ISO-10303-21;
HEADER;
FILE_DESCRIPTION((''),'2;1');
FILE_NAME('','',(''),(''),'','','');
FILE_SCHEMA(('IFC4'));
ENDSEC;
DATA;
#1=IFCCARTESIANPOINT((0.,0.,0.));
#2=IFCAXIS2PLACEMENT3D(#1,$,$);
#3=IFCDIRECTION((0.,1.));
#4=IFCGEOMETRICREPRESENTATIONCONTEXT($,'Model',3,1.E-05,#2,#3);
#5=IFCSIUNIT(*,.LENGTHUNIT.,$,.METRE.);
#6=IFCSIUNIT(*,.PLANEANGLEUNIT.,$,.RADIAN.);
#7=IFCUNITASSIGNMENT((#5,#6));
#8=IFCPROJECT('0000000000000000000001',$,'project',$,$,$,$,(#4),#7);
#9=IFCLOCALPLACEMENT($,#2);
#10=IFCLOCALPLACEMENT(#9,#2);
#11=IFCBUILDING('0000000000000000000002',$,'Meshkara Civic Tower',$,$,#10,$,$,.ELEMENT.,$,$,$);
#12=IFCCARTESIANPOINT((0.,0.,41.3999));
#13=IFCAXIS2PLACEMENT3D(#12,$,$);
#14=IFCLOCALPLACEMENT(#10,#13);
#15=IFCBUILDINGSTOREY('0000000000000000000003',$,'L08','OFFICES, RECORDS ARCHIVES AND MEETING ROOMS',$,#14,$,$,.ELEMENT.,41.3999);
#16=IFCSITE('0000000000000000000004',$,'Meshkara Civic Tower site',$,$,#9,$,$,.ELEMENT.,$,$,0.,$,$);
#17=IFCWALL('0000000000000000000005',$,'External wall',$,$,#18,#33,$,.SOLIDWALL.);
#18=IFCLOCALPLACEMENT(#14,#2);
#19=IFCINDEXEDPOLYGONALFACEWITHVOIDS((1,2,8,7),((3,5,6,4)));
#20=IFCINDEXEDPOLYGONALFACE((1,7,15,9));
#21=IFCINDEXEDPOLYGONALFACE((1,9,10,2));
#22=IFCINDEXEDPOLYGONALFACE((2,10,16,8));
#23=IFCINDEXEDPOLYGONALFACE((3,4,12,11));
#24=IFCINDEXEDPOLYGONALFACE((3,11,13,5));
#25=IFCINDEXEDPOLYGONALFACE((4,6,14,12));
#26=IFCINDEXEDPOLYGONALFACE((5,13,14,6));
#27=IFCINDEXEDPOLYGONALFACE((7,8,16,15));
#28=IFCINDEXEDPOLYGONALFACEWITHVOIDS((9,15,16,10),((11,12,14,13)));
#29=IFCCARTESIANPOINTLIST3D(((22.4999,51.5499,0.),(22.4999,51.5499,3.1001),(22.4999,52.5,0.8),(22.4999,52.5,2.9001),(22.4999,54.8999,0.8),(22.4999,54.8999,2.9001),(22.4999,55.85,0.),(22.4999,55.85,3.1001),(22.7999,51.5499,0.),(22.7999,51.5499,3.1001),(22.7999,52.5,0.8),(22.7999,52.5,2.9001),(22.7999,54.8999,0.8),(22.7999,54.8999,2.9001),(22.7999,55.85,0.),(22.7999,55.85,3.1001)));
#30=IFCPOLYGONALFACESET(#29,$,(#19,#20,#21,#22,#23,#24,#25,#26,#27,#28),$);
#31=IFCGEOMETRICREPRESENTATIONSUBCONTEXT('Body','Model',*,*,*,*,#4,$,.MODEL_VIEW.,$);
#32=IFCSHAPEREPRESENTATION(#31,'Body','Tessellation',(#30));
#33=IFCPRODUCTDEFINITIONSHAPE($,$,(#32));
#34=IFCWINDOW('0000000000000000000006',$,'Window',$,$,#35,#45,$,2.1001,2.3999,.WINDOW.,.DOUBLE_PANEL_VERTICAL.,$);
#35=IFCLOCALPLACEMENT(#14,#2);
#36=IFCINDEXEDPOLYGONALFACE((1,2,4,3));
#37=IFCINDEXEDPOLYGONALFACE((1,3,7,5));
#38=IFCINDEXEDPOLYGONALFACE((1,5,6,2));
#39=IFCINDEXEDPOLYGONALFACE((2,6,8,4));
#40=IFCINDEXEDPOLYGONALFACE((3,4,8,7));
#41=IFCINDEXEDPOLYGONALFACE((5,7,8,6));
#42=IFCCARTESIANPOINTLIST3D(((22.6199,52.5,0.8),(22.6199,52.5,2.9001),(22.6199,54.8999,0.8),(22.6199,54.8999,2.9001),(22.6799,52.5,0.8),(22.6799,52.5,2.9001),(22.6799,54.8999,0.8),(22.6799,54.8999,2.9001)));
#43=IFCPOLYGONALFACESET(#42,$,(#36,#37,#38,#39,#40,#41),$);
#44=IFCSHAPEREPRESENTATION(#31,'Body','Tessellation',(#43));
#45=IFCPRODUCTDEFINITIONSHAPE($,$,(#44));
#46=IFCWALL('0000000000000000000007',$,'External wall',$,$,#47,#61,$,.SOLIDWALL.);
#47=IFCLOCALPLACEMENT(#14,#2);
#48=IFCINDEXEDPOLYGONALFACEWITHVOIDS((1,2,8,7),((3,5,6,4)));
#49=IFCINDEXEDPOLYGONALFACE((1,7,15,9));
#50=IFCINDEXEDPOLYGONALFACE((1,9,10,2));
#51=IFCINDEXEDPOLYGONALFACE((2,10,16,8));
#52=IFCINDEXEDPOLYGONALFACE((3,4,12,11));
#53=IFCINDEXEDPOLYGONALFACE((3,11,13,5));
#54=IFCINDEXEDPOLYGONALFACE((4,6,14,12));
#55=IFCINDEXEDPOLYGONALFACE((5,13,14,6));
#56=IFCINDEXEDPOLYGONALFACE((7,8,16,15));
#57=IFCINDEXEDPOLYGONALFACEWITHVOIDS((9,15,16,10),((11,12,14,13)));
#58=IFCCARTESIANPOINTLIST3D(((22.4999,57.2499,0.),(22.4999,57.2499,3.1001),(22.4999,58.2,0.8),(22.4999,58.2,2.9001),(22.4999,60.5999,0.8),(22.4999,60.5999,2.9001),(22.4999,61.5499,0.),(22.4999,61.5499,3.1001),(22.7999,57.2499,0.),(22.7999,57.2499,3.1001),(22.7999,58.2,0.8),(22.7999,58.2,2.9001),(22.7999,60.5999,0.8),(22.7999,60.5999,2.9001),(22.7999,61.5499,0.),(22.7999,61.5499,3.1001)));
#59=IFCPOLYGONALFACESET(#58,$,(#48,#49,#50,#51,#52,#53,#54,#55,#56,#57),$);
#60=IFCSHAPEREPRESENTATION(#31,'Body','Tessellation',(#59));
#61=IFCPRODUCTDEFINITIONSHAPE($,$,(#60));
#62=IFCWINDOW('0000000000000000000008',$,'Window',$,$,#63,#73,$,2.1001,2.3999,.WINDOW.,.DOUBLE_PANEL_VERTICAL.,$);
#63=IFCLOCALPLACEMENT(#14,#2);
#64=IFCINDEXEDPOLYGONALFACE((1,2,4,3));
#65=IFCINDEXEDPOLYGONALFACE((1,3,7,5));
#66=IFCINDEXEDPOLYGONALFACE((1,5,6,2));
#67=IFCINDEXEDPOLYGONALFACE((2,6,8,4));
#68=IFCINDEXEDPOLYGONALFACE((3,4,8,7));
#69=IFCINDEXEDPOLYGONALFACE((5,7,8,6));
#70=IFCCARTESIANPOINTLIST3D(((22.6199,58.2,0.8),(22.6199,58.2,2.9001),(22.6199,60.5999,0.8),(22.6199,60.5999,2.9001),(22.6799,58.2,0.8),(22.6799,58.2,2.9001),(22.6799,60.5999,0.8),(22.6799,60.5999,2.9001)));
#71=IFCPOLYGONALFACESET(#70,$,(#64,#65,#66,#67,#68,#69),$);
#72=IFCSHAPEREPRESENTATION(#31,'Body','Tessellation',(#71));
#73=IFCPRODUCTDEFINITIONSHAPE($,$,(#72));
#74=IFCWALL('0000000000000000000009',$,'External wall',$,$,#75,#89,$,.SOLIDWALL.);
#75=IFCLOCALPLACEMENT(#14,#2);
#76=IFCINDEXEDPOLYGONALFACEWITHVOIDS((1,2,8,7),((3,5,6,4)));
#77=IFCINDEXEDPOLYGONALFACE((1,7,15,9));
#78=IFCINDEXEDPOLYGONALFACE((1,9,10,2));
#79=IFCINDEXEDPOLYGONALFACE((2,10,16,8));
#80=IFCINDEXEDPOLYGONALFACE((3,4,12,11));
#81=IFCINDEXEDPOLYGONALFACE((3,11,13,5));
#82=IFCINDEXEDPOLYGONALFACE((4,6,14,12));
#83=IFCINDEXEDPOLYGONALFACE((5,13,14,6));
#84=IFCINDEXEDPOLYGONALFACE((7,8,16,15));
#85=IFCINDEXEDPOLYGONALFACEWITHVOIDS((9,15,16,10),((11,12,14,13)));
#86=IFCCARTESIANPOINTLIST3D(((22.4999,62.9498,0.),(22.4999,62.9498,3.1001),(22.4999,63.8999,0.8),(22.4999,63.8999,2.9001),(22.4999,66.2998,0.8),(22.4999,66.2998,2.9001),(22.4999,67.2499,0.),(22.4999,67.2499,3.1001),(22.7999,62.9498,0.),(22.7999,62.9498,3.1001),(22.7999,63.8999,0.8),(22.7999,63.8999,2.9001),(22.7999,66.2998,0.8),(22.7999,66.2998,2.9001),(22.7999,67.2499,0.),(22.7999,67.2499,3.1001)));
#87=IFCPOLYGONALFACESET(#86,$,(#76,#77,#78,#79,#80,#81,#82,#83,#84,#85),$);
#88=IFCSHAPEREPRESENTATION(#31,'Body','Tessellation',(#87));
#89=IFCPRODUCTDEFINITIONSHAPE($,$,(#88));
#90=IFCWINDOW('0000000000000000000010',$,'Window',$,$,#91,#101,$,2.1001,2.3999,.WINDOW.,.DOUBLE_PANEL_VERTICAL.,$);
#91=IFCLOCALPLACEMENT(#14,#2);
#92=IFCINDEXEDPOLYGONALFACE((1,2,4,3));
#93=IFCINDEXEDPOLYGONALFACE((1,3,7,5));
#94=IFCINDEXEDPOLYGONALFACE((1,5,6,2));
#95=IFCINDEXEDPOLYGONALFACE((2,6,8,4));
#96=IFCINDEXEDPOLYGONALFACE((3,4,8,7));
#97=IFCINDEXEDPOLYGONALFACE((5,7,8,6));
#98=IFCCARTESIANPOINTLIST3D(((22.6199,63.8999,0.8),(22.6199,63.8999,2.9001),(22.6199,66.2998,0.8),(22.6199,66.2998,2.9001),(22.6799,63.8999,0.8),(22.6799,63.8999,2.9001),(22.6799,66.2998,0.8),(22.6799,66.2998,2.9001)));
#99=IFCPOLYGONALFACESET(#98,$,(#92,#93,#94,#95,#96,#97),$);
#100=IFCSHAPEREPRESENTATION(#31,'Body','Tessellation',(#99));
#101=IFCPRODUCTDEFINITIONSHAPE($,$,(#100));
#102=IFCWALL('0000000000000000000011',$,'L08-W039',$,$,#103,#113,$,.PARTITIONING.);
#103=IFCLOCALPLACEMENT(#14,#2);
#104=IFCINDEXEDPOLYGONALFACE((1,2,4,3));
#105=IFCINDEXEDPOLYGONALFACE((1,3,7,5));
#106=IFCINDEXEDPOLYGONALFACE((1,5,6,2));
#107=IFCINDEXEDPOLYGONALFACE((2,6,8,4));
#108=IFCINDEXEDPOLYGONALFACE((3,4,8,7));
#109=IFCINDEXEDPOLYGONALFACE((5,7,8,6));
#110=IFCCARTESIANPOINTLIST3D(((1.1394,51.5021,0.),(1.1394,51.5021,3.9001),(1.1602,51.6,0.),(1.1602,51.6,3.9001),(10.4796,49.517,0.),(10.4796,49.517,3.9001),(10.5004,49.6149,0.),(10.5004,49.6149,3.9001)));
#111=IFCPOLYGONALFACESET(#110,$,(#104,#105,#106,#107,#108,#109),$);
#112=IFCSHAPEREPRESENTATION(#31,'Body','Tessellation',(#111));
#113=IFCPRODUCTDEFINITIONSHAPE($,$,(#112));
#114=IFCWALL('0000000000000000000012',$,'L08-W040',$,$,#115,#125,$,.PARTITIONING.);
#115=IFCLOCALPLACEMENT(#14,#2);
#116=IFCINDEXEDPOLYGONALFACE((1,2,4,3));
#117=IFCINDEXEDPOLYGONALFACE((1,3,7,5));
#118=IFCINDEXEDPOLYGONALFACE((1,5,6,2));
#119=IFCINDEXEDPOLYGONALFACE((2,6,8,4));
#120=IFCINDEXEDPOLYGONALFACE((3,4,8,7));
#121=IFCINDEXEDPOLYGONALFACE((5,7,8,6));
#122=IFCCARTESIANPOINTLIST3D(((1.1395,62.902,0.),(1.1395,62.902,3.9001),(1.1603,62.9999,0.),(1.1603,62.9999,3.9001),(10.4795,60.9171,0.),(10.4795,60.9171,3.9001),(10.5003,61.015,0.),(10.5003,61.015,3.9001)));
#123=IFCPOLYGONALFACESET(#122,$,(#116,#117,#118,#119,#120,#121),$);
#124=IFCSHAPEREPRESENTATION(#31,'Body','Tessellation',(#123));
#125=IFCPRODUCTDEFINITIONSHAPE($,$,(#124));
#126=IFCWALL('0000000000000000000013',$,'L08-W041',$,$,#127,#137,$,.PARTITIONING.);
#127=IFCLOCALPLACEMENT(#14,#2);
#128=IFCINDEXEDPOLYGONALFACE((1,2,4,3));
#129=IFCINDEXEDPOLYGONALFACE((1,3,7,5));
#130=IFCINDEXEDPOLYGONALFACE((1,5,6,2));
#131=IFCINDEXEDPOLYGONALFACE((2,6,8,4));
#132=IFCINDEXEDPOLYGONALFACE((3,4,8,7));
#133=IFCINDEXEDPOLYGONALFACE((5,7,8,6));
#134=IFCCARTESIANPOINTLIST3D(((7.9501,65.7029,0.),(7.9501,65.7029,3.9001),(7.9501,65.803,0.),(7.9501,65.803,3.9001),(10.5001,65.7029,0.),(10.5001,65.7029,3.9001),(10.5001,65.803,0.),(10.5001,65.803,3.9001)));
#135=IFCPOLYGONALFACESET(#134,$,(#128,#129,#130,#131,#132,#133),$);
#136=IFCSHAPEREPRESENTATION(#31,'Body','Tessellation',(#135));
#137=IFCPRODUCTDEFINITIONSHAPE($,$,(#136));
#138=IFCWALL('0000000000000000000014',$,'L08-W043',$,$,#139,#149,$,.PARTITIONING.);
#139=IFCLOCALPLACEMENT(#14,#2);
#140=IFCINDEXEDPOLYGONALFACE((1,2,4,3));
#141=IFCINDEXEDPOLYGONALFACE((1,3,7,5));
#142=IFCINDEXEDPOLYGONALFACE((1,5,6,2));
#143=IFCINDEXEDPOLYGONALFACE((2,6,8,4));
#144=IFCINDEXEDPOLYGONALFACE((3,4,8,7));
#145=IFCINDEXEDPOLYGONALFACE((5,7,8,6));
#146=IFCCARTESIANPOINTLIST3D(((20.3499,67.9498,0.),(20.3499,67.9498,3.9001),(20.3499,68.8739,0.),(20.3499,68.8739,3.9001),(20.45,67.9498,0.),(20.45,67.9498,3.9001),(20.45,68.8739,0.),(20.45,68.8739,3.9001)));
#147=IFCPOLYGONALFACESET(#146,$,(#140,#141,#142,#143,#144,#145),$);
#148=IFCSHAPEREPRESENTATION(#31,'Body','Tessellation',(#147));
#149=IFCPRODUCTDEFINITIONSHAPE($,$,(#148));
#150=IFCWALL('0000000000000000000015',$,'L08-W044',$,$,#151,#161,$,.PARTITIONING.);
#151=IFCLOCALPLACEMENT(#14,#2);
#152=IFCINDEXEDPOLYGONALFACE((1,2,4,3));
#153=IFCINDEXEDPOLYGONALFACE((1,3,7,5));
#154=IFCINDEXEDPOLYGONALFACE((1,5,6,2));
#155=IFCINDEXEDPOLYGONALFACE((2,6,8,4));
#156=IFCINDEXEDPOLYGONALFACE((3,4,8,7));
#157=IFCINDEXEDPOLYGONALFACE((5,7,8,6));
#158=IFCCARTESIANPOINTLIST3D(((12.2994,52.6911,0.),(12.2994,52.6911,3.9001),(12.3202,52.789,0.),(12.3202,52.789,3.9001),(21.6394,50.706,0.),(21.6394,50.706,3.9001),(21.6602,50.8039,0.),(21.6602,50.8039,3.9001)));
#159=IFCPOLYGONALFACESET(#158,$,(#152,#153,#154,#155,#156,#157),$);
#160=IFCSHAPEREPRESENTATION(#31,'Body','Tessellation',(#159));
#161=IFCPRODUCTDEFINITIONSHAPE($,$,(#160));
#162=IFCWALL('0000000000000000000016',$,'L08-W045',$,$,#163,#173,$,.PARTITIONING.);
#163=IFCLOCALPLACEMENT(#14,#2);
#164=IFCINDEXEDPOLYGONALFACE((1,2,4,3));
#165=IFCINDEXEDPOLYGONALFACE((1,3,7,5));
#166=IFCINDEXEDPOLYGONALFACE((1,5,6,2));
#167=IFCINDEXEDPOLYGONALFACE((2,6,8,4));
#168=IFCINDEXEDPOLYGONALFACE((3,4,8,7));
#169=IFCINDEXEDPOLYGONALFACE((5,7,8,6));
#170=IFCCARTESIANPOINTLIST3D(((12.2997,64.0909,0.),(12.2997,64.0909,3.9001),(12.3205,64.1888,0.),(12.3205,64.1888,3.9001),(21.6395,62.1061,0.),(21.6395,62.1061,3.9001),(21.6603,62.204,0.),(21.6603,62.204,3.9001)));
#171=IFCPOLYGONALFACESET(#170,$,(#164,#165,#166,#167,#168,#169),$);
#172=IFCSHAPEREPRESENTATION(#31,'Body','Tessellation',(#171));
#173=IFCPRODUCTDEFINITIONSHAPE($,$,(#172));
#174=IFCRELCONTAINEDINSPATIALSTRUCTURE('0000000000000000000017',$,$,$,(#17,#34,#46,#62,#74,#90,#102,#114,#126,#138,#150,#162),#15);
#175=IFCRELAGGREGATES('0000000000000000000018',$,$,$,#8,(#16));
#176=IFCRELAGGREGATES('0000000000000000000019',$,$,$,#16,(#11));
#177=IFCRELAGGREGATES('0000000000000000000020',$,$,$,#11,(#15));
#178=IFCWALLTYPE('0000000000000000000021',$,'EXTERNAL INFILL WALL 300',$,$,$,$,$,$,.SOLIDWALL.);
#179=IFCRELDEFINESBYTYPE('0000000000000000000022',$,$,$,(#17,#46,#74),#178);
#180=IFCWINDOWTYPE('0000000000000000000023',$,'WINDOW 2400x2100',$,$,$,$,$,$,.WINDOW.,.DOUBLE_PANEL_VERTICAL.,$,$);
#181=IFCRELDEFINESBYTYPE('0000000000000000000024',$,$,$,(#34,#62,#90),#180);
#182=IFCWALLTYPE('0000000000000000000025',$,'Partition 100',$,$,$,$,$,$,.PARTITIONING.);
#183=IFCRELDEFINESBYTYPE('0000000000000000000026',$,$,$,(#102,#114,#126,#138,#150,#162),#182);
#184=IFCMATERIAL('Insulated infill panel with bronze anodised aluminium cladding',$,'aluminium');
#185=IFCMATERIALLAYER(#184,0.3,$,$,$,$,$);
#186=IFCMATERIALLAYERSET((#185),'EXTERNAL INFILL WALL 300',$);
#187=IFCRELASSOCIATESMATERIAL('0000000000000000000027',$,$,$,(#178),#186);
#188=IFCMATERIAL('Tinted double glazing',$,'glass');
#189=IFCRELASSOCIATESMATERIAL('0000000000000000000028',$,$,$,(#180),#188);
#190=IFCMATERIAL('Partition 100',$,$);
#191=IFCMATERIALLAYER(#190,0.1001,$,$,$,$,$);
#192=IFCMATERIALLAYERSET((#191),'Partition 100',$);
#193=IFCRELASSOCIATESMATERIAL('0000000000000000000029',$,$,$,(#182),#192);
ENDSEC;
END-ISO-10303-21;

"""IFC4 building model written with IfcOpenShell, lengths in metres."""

from ifc_helpers import new_model, si_unit, direction, frame, frame_2d, origin, place, context, subcontext, project, spatial, rectangle, extrude, material, layer, layer_set, type_object, element, fill, save


model = new_model("IFC4")

# Units and contexts
model_context = context("Model", 3, precision=1e-05, world=origin(), true_north=direction((0.0, 1.0)))
body_context = subcontext(model_context, "Body", "Model", "MODEL_VIEW")
ifc_project = project(units=[si_unit("LENGTHUNIT", "METRE"), si_unit("PLANEANGLEUNIT", "RADIAN")], contexts=[model_context])

# Site, building, storey
site_placement = place(None, origin())
site = spatial("IfcSite", under=ifc_project, at=site_placement, Name="Meshkara Civic Tower site", CompositionType="ELEMENT", RefElevation=0.0)
building_placement = place(site_placement, origin())
building = spatial("IfcBuilding", under=site, at=building_placement, Name="Meshkara Civic Tower", CompositionType="ELEMENT")
storey_placement = place(building_placement, frame((0.0, 0.0, 41.3999)))
storey = spatial("IfcBuildingStorey", under=building, at=storey_placement, Name="L08", Description="OFFICES, RECORDS ARCHIVES AND MEETING ROOMS", CompositionType="ELEMENT", Elevation=41.3999)

# Walls, openings, windows
ifc_material_1 = material(Name="Insulated infill panel with bronze anodised aluminium cladding", Category="aluminium")
ifc_layer_1 = layer(ifc_material_1, 0.3)
ifc_layer_set_1 = layer_set([ifc_layer_1], Name="EXTERNAL INFILL WALL 300")
wall_type_1 = type_object("IfcWallType", Name="EXTERNAL INFILL WALL 300", PredefinedType="SOLIDWALL", material=ifc_layer_set_1)
ifc_material_2 = material(Name="Tinted double glazing", Category="glass")
window_type = type_object("IfcWindowType", Name="WINDOW 2400x2100", PartitioningType="DOUBLE_PANEL_VERTICAL", PredefinedType="WINDOW", material=ifc_material_2)
wall_1_placement = place(storey_placement, frame((22.6499, 51.55, 0.0), z_axis=(0.0, 0.0, 1.0), x_axis=(0.0, 1.0, 0.0)))
wall_1 = element("IfcWall", 1, at=wall_1_placement, inside=storey, type_object=wall_type_1, Name="External wall", PredefinedType="SOLIDWALL", context=body_context, shape_type="SweptSolid", body=[
    extrude(rectangle(XDim=4.3, YDim=0.3, at=frame_2d((2.1499, 0.0))), origin(), (0.0, 0.0, 1.0), 3.1001),
])
opening_1_placement = place(wall_1_placement, frame((0.95, 0.0, 0.8)))
opening_1 = element("IfcOpeningElement", 2, at=opening_1_placement, cuts=wall_1, PredefinedType="OPENING", context=body_context, shape_type="SweptSolid", body=[
    extrude(rectangle(XDim=2.3999, YDim=2.1001, at=frame_2d((1.2, 1.05))), frame((0.0, 0.1599, 0.0), z_axis=(0.0, -1.0, 0.0), x_axis=(1.0, 0.0, 0.0)), (0.0, 0.0, 1.0), 0.3201),
])
window_1_placement = place(opening_1_placement, origin())
window_1 = element("IfcWindow", 3, at=window_1_placement, inside=storey, type_object=window_type, Name="Window", OverallHeight=2.1001, OverallWidth=2.3999, PartitioningType="DOUBLE_PANEL_VERTICAL", PredefinedType="WINDOW", context=body_context, shape_type="SweptSolid", body=[
    extrude(rectangle(XDim=2.3999, YDim=2.1001, at=frame_2d((1.2, 1.05))), frame((0.0, 0.03, 0.0), z_axis=(0.0, -1.0, 0.0), x_axis=(1.0, 0.0, 0.0)), (0.0, 0.0, 1.0), 0.0601),
])
fill(opening_1, window_1)
wall_2_placement = place(storey_placement, frame((22.6499, 57.25, 0.0), z_axis=(0.0, 0.0, 1.0), x_axis=(0.0, 1.0, 0.0)))
wall_2 = element("IfcWall", 4, at=wall_2_placement, inside=storey, type_object=wall_type_1, Name="External wall", PredefinedType="SOLIDWALL", context=body_context, shape_type="SweptSolid", body=[
    extrude(rectangle(XDim=4.3, YDim=0.3, at=frame_2d((2.1499, 0.0))), origin(), (0.0, 0.0, 1.0), 3.1001),
])
opening_2_placement = place(wall_2_placement, frame((0.95, 0.0, 0.8)))
opening_2 = element("IfcOpeningElement", 5, at=opening_2_placement, cuts=wall_2, PredefinedType="OPENING", context=body_context, shape_type="SweptSolid", body=[
    extrude(rectangle(XDim=2.3999, YDim=2.1001, at=frame_2d((1.2, 1.05))), frame((0.0, 0.1599, 0.0), z_axis=(0.0, -1.0, 0.0), x_axis=(1.0, 0.0, 0.0)), (0.0, 0.0, 1.0), 0.3201),
])
window_2_placement = place(opening_2_placement, origin())
window_2 = element("IfcWindow", 6, at=window_2_placement, inside=storey, type_object=window_type, Name="Window", OverallHeight=2.1001, OverallWidth=2.3999, PartitioningType="DOUBLE_PANEL_VERTICAL", PredefinedType="WINDOW", context=body_context, shape_type="SweptSolid", body=[
    extrude(rectangle(XDim=2.3999, YDim=2.1001, at=frame_2d((1.2, 1.05))), frame((0.0, 0.03, 0.0), z_axis=(0.0, -1.0, 0.0), x_axis=(1.0, 0.0, 0.0)), (0.0, 0.0, 1.0), 0.0601),
])
fill(opening_2, window_2)
wall_3_placement = place(storey_placement, frame((22.6499, 62.95, 0.0), z_axis=(0.0, 0.0, 1.0), x_axis=(0.0, 1.0, 0.0)))
wall_3 = element("IfcWall", 7, at=wall_3_placement, inside=storey, type_object=wall_type_1, Name="External wall", PredefinedType="SOLIDWALL", context=body_context, shape_type="SweptSolid", body=[
    extrude(rectangle(XDim=4.3, YDim=0.3, at=frame_2d((2.1499, 0.0))), origin(), (0.0, 0.0, 1.0), 3.1001),
])
opening_3_placement = place(wall_3_placement, frame((0.95, 0.0, 0.8)))
opening_3 = element("IfcOpeningElement", 8, at=opening_3_placement, cuts=wall_3, PredefinedType="OPENING", context=body_context, shape_type="SweptSolid", body=[
    extrude(rectangle(XDim=2.3999, YDim=2.1001, at=frame_2d((1.2, 1.05))), frame((0.0, 0.1599, 0.0), z_axis=(0.0, -1.0, 0.0), x_axis=(1.0, 0.0, 0.0)), (0.0, 0.0, 1.0), 0.3201),
])
window_3_placement = place(opening_3_placement, origin())
window_3 = element("IfcWindow", 9, at=window_3_placement, inside=storey, type_object=window_type, Name="Window", OverallHeight=2.1001, OverallWidth=2.3999, PartitioningType="DOUBLE_PANEL_VERTICAL", PredefinedType="WINDOW", context=body_context, shape_type="SweptSolid", body=[
    extrude(rectangle(XDim=2.3999, YDim=2.1001, at=frame_2d((1.2, 1.05))), frame((0.0, 0.03, 0.0), z_axis=(0.0, -1.0, 0.0), x_axis=(1.0, 0.0, 0.0)), (0.0, 0.0, 1.0), 0.0601),
])
fill(opening_3, window_3)

# Walls
ifc_material_3 = material(Name="Partition 100")
ifc_layer_2 = layer(ifc_material_3, 0.1001)
ifc_layer_set_2 = layer_set([ifc_layer_2], Name="Partition 100")
wall_type_2 = type_object("IfcWallType", Name="Partition 100", PredefinedType="PARTITIONING", material=ifc_layer_set_2)
wall_4_placement = place(storey_placement, frame((10.49, 49.5659, 0.0), z_axis=(0.0, 0.0, 1.0), x_axis=(-0.978152, 0.207893, 0.0)))
element("IfcWall", 10, at=wall_4_placement, inside=storey, type_object=wall_type_2, Name="L08-W039", PredefinedType="PARTITIONING", context=body_context, shape_type="SweptSolid", body=[
    extrude(rectangle(XDim=9.5488, YDim=0.1001, at=frame_2d((4.7744, 0.0))), origin(), (0.0, 0.0, 1.0), 3.9001),
])
wall_5_placement = place(storey_placement, frame((10.49, 60.9661, 0.0), z_axis=(0.0, 0.0, 1.0), x_axis=(-0.978157, 0.207868, 0.0)))
element("IfcWall", 11, at=wall_5_placement, inside=storey, type_object=wall_type_2, Name="L08-W040", PredefinedType="PARTITIONING", context=body_context, shape_type="SweptSolid", body=[
    extrude(rectangle(XDim=9.5486, YDim=0.1001, at=frame_2d((4.7744, 0.0))), origin(), (0.0, 0.0, 1.0), 3.9001),
])
wall_6_placement = place(storey_placement, frame((10.5, 65.7529, 0.0), z_axis=(0.0, 0.0, 1.0), x_axis=(-1.0, 0.0, 0.0)))
element("IfcWall", 12, at=wall_6_placement, inside=storey, type_object=wall_type_2, Name="L08-W041", PredefinedType="PARTITIONING", context=body_context, shape_type="SweptSolid", body=[
    extrude(rectangle(XDim=2.55, YDim=0.1001, at=frame_2d((1.2749, 0.0))), origin(), (0.0, 0.0, 1.0), 3.9001),
])
wall_7_placement = place(storey_placement, frame((20.3999, 67.95, 0.0), z_axis=(0.0, 0.0, 1.0), x_axis=(0.0, 1.0, 0.0)))
element("IfcWall", 13, at=wall_7_placement, inside=storey, type_object=wall_type_2, Name="L08-W043", PredefinedType="PARTITIONING", context=body_context, shape_type="SweptSolid", body=[
    extrude(rectangle(XDim=0.9241, YDim=0.1001, at=frame_2d((0.4619, 0.0))), origin(), (0.0, 0.0, 1.0), 3.9001),
])
wall_8_placement = place(storey_placement, frame((21.6499, 50.7549, 0.0), z_axis=(0.0, 0.0, 1.0), x_axis=(-0.978151, 0.207898, 0.0)))
element("IfcWall", 14, at=wall_8_placement, inside=storey, type_object=wall_type_2, Name="L08-W044", PredefinedType="PARTITIONING", context=body_context, shape_type="SweptSolid", body=[
    extrude(rectangle(XDim=9.5486, YDim=0.1001, at=frame_2d((4.7744, 0.0))), origin(), (0.0, 0.0, 1.0), 3.9001),
])
wall_9_placement = place(storey_placement, frame((21.6499, 62.155, 0.0), z_axis=(0.0, 0.0, 1.0), x_axis=(-0.978156, 0.207873, 0.0)))
element("IfcWall", 15, at=wall_9_placement, inside=storey, type_object=wall_type_2, Name="L08-W045", PredefinedType="PARTITIONING", context=body_context, shape_type="SweptSolid", body=[
    extrude(rectangle(XDim=9.5483, YDim=0.1001, at=frame_2d((4.7742, 0.0))), origin(), (0.0, 0.0, 1.0), 3.9001),
])

save(model, "model.ifc")
